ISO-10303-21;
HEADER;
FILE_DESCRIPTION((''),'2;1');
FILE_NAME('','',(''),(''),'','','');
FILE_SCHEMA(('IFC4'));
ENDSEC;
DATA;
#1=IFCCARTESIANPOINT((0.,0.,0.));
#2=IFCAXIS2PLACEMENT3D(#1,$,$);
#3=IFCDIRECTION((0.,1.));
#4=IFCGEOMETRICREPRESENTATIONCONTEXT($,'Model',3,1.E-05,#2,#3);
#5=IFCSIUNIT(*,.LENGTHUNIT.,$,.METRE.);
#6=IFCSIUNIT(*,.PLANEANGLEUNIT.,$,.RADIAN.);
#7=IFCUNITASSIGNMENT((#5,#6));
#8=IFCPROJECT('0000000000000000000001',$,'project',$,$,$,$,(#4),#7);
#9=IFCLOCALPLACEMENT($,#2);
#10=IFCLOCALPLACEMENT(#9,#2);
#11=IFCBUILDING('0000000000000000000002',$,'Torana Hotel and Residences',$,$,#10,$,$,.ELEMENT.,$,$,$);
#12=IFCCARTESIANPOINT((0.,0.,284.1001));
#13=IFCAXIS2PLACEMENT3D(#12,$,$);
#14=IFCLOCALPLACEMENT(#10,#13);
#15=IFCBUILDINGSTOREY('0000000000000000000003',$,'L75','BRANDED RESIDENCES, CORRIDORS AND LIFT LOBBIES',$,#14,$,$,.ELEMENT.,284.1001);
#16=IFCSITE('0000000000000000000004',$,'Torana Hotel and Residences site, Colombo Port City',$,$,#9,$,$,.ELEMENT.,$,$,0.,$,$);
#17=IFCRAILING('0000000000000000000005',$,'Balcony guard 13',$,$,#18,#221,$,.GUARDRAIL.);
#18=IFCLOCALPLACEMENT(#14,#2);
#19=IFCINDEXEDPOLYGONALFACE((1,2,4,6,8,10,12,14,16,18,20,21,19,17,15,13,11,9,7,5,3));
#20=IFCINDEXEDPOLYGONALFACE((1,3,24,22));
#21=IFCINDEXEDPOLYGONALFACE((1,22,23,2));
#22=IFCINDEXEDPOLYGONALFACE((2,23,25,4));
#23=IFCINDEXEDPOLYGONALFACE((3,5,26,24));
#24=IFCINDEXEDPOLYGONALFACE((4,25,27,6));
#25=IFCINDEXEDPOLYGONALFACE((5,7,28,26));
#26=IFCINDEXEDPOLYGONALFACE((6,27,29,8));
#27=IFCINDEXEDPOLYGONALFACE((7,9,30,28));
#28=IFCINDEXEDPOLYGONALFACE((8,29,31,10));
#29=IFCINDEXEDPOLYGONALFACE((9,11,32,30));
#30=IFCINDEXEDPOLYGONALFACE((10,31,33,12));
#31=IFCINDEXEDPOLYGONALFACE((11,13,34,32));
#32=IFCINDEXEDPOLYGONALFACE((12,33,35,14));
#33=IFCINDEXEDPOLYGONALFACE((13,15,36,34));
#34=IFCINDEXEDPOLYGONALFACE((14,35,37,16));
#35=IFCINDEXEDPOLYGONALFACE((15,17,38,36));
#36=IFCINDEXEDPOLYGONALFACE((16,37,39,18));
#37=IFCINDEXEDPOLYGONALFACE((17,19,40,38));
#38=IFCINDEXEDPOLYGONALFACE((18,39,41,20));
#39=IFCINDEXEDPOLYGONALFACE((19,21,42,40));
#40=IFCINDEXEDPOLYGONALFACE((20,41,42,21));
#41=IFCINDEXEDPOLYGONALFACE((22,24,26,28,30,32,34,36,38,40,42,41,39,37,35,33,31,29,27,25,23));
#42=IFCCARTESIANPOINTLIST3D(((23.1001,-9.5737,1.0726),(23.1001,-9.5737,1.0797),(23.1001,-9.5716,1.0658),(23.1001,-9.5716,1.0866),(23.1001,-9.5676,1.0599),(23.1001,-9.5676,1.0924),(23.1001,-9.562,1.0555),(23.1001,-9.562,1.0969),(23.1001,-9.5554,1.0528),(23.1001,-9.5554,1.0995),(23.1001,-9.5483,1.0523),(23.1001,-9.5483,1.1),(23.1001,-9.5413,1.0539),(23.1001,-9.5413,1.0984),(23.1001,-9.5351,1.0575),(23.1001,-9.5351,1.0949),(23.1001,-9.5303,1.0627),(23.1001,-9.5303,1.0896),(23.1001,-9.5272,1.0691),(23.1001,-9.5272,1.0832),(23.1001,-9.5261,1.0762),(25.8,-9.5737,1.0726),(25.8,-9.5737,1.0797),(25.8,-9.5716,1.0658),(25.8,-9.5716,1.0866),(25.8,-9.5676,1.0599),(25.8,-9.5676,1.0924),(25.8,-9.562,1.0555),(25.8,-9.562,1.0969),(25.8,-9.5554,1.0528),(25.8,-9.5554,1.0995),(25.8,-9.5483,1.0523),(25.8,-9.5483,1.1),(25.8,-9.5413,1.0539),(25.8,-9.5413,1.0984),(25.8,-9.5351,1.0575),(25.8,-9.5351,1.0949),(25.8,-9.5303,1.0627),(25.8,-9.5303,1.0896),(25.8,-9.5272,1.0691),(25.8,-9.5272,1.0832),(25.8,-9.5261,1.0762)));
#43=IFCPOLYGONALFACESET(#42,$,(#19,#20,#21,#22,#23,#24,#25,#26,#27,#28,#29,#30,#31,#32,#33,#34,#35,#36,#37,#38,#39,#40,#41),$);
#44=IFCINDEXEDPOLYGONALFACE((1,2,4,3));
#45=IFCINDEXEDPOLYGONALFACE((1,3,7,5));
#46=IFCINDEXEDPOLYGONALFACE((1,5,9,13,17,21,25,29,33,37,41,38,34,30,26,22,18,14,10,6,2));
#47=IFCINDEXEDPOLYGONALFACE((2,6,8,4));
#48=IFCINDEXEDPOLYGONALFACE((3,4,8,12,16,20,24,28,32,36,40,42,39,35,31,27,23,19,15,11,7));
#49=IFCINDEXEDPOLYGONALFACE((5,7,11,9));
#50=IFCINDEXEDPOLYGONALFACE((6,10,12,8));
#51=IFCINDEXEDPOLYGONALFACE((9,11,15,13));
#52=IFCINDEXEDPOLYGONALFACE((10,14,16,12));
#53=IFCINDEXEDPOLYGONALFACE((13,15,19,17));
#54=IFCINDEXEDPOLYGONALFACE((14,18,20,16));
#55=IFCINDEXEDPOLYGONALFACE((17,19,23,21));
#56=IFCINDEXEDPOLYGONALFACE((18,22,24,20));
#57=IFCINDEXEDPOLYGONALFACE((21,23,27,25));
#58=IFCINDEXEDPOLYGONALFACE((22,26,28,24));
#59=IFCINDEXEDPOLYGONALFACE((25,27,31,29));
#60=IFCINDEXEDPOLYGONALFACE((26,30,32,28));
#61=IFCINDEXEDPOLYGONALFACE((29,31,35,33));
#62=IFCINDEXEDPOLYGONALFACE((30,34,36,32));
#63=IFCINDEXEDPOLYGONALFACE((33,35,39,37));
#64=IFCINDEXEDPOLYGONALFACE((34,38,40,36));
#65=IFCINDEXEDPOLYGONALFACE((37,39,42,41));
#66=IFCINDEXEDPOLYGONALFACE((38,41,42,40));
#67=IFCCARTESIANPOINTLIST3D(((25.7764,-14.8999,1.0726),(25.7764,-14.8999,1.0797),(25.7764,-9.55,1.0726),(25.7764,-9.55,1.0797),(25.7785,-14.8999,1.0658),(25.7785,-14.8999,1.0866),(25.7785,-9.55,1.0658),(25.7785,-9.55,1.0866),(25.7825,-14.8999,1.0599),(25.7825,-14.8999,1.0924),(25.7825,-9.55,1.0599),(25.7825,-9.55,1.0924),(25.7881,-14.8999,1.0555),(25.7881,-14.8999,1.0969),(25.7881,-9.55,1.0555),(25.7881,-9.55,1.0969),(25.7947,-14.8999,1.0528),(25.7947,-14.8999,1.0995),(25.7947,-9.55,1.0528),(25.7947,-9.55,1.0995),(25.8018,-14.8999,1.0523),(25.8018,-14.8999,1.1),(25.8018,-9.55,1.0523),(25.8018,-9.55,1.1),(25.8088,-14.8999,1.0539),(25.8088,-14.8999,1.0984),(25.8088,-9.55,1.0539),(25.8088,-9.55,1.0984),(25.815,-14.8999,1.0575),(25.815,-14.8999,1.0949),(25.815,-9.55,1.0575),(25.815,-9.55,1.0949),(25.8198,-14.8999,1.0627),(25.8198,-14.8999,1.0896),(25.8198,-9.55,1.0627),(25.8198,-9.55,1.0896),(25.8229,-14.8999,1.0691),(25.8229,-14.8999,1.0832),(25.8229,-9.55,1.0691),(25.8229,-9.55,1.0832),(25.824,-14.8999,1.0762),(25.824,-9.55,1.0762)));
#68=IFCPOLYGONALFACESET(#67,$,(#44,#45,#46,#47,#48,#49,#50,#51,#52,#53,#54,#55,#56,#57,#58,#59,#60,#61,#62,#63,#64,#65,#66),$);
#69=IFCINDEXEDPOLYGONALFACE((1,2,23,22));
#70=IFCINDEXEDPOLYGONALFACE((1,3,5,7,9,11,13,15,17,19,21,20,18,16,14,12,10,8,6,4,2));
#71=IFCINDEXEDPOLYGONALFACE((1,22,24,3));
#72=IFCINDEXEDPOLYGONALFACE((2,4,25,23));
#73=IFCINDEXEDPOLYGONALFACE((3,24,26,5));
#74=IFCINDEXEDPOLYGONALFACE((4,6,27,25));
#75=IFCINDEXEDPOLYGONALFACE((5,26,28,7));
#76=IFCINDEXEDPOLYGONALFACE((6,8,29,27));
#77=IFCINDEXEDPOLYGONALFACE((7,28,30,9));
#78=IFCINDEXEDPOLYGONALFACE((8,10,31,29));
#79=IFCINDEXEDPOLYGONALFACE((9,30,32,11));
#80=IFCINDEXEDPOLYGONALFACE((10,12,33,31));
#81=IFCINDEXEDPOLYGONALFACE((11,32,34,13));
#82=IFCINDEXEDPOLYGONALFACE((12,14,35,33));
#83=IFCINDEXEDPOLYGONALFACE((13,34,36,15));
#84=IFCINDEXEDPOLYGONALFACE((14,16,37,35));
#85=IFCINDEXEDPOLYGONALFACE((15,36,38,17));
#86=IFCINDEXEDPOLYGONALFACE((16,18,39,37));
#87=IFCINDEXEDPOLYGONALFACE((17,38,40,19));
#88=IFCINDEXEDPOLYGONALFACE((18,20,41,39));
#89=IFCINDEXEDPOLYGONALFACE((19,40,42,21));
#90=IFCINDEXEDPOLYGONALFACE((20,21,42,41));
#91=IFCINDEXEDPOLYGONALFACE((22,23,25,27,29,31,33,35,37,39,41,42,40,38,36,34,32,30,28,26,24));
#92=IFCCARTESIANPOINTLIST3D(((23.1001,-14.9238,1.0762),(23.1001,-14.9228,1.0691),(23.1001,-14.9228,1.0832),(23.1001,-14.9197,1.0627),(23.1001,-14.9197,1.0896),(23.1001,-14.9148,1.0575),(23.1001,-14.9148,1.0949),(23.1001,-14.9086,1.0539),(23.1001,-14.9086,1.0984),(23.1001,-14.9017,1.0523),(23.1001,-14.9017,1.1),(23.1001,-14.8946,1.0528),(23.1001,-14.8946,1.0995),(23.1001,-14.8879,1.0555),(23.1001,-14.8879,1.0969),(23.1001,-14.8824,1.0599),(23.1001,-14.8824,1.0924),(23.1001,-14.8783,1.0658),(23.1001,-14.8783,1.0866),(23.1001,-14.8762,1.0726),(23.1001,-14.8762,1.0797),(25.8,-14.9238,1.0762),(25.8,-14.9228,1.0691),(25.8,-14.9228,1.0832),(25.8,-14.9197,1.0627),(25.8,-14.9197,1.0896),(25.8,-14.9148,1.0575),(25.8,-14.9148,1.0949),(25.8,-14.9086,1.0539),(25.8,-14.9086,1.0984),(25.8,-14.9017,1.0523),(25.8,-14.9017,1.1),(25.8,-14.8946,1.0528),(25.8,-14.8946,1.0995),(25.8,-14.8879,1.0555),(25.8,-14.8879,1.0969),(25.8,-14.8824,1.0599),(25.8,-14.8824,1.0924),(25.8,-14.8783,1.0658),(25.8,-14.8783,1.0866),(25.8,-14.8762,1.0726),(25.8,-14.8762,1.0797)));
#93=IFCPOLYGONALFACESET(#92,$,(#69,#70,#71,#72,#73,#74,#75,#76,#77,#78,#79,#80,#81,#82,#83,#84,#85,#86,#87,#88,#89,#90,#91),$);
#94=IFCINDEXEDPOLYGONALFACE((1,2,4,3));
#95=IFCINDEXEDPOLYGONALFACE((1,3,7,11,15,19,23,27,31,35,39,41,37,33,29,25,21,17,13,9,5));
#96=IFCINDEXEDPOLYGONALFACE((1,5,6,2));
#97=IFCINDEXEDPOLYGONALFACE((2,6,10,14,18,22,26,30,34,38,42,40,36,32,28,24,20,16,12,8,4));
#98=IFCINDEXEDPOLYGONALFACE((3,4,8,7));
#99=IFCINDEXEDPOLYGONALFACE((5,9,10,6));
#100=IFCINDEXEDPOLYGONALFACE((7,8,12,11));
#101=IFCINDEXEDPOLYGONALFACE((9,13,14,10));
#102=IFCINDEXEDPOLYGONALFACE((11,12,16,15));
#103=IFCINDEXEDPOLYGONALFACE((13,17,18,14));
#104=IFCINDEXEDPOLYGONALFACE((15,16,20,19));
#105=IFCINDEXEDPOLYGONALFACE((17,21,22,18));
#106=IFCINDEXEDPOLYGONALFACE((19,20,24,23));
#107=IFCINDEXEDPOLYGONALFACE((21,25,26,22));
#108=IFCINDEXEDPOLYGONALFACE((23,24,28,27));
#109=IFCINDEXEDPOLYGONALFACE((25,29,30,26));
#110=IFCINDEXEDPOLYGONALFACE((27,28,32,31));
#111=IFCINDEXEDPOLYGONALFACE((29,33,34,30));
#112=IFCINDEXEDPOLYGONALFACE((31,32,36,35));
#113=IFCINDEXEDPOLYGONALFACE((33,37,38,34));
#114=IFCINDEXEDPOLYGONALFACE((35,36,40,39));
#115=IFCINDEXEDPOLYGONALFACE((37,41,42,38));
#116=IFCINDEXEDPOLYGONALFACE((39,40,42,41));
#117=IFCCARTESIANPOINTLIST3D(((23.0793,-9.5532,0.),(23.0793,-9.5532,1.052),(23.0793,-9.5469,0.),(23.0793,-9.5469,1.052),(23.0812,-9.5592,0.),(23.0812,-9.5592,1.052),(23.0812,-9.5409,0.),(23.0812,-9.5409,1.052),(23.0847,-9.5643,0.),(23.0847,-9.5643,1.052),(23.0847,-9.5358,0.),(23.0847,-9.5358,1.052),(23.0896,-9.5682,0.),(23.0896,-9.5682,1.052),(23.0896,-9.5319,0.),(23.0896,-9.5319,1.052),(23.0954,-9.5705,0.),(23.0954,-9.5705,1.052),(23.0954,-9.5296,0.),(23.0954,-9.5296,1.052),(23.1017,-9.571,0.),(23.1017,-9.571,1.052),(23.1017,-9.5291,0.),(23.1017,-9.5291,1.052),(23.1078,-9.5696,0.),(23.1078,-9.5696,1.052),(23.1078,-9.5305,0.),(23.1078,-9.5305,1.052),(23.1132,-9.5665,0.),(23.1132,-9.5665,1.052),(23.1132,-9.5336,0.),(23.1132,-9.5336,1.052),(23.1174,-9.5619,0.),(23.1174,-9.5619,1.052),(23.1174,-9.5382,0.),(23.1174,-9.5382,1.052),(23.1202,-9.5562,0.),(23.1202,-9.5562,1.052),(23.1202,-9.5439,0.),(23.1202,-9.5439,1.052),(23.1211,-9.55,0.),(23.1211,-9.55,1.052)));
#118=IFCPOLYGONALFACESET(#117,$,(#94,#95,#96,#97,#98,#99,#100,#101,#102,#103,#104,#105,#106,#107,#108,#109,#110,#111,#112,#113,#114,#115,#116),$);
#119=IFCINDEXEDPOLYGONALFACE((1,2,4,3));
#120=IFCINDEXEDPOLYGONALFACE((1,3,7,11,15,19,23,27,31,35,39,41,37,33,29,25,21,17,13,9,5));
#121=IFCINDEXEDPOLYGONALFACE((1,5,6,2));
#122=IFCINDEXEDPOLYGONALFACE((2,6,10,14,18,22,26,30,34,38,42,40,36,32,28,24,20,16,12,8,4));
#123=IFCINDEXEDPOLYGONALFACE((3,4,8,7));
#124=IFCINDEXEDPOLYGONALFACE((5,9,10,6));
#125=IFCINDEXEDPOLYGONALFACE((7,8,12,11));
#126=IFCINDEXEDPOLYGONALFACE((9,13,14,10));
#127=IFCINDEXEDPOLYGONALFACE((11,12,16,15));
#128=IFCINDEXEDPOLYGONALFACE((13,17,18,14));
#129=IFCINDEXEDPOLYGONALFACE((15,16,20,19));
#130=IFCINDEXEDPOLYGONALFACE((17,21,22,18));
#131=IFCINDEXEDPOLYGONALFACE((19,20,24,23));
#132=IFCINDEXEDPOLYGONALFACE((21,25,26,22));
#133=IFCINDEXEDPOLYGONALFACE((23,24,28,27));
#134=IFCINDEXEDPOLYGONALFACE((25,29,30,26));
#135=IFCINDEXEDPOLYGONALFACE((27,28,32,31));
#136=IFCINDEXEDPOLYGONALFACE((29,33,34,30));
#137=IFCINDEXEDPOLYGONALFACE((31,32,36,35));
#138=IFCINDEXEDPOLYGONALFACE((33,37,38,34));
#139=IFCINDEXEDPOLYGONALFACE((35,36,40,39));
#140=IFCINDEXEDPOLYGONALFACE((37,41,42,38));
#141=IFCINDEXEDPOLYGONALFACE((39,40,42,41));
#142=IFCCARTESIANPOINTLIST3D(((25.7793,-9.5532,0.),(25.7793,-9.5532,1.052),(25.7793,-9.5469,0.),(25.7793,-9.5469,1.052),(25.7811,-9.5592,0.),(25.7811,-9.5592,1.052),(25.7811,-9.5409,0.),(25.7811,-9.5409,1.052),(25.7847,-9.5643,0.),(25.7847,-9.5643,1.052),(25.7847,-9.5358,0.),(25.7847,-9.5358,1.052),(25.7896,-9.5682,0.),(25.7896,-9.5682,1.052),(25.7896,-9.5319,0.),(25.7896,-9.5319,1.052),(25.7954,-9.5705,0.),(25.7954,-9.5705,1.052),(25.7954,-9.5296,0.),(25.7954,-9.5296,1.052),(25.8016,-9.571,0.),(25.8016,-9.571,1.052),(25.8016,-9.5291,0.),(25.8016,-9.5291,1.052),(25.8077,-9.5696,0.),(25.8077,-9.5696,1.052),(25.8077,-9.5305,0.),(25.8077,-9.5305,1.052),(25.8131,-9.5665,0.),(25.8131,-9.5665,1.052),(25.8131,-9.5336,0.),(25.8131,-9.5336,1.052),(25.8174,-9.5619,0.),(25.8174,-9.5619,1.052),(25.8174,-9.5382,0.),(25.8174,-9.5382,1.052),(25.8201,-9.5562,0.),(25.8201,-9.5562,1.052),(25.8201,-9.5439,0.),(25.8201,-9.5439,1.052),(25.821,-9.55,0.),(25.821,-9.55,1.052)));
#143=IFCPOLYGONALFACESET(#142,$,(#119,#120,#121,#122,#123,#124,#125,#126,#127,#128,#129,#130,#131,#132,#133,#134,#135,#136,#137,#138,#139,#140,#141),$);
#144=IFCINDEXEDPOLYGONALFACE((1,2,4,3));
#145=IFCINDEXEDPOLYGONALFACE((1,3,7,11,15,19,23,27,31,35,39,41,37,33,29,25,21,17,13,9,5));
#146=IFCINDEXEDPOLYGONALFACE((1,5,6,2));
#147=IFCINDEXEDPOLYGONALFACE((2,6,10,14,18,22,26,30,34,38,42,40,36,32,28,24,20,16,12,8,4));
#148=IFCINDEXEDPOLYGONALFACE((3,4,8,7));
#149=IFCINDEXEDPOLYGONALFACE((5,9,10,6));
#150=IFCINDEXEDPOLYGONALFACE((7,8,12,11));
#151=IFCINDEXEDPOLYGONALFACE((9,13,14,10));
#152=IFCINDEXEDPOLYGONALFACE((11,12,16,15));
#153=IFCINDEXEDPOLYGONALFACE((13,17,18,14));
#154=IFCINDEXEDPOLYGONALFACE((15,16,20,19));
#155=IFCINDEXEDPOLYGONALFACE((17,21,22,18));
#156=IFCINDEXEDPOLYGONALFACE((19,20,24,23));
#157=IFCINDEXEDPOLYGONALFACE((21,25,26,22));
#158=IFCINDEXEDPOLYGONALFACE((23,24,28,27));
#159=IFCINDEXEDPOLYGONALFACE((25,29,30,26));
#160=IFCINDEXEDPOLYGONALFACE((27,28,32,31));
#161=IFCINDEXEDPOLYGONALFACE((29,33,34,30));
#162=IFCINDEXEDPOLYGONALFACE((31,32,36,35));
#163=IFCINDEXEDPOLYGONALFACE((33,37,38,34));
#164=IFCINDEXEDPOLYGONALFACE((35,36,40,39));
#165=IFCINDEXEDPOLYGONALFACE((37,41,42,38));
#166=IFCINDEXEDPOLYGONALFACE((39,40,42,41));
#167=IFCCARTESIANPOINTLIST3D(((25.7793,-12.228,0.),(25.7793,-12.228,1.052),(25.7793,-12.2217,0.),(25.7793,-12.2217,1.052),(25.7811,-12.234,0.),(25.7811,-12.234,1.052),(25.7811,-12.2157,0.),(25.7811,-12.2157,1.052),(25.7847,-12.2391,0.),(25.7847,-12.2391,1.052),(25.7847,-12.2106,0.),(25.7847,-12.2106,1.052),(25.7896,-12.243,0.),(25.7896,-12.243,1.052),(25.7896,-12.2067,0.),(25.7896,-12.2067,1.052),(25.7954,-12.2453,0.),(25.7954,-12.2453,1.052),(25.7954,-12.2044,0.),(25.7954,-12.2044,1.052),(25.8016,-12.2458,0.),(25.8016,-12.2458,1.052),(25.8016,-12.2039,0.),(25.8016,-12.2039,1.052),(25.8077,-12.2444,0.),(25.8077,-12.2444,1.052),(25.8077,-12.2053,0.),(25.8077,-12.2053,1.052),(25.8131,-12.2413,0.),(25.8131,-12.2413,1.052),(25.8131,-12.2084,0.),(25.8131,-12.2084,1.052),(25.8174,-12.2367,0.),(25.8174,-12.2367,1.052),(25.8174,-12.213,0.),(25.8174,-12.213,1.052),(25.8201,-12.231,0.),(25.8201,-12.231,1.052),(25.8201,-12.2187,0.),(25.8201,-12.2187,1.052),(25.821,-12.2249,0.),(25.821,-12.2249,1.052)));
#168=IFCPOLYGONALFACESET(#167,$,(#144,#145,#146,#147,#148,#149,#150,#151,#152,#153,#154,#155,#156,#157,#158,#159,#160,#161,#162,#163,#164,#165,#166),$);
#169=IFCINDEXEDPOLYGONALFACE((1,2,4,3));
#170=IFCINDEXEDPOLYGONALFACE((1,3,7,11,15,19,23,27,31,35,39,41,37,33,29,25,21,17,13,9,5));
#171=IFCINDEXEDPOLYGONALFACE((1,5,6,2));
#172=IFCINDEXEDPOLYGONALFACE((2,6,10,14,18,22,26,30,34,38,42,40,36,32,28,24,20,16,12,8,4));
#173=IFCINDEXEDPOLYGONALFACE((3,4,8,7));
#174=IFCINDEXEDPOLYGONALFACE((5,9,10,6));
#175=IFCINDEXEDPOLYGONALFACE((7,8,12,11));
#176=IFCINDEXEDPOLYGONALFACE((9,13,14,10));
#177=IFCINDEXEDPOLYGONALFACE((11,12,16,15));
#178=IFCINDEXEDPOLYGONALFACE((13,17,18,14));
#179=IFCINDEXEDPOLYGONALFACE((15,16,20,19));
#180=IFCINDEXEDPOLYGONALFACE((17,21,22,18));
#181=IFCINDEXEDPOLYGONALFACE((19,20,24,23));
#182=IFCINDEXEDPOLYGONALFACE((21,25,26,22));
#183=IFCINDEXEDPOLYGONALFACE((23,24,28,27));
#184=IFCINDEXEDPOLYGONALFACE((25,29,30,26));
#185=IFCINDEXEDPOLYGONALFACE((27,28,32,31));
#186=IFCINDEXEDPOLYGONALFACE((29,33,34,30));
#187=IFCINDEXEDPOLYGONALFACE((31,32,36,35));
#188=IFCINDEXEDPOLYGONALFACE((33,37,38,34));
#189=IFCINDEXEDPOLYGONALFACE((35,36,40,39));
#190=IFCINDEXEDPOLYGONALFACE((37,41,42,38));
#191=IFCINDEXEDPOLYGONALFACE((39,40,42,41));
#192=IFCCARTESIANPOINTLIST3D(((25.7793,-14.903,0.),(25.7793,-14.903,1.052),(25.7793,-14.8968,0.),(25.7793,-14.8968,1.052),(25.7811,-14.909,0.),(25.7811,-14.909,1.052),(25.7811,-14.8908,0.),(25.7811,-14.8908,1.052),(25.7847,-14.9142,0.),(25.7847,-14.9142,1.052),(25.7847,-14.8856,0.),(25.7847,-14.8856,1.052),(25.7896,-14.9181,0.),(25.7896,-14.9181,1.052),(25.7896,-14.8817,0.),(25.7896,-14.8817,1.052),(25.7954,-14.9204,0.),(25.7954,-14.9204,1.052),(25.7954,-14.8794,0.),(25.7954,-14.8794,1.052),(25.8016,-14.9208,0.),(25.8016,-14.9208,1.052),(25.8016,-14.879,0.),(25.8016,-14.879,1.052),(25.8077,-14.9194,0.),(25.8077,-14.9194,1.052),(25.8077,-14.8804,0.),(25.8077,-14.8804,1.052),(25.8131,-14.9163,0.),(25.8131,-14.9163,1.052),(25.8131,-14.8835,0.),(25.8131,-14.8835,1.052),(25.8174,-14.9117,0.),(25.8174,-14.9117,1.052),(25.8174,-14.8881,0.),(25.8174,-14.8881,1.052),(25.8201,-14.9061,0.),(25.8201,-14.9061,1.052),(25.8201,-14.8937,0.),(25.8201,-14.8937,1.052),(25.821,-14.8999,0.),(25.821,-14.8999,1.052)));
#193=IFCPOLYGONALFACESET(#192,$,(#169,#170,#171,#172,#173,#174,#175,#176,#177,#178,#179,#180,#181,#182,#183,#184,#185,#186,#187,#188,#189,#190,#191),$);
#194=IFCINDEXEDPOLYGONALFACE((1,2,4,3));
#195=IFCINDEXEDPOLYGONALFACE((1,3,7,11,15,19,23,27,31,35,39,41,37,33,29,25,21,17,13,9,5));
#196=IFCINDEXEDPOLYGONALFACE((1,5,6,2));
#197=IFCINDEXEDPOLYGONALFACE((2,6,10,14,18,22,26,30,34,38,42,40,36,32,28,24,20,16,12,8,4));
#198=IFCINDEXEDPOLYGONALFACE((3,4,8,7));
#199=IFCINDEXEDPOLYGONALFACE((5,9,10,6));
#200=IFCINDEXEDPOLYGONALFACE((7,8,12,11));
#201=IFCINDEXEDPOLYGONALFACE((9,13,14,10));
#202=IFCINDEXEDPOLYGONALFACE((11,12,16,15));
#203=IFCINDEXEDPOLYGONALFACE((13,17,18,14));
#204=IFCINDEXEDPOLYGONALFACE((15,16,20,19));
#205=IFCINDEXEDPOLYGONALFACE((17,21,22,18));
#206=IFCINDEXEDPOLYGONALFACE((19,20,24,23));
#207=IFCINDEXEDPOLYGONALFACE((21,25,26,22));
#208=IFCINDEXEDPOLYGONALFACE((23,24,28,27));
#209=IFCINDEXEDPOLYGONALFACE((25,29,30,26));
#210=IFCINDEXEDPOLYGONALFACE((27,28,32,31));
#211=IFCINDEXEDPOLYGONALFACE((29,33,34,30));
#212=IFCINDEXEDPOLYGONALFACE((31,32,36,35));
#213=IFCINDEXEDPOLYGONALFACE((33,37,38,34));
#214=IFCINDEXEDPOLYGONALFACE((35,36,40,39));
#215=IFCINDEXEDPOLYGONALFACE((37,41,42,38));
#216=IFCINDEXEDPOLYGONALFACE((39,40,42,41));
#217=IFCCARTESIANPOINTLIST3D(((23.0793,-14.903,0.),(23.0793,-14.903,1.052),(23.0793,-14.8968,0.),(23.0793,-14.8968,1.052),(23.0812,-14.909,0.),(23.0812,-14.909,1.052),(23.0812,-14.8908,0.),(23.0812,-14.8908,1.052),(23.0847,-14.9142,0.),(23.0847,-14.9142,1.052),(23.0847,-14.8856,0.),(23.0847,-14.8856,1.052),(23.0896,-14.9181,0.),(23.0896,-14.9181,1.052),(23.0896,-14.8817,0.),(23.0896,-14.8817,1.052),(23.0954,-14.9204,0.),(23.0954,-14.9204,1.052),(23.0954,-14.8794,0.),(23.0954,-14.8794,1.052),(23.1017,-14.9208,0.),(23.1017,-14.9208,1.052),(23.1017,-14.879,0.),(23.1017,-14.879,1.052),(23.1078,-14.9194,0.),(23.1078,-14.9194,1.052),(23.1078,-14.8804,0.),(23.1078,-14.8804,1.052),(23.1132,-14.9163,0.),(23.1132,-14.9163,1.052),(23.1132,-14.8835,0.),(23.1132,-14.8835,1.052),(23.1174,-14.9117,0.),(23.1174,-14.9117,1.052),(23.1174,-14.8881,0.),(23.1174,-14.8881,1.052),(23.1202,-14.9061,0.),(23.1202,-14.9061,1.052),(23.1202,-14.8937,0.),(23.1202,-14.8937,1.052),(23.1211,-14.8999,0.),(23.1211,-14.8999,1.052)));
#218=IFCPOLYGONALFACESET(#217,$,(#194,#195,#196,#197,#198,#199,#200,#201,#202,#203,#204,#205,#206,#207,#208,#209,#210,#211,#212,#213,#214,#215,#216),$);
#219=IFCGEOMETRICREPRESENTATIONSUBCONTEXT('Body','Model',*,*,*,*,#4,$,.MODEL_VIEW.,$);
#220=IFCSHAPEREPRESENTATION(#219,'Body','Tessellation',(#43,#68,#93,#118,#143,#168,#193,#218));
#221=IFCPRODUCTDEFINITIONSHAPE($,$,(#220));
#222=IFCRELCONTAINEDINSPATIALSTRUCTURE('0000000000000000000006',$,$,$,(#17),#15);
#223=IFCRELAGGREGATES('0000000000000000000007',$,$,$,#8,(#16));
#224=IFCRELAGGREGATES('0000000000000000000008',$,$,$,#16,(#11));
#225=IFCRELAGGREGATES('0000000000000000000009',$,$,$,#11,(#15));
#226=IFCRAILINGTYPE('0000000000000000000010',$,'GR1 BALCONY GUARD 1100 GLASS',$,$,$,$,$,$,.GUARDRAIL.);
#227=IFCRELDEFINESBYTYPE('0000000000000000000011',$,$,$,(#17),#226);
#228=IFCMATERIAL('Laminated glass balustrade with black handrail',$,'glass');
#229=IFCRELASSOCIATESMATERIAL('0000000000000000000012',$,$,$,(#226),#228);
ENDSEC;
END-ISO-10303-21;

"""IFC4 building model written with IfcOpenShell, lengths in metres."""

from ifc_helpers import new_model, si_unit, direction, frame, origin, origin_2d, place, context, subcontext, project, spatial, circle, extrude, material, type_object, element, save


model = new_model("IFC4")

# Units and contexts
model_context = context("Model", 3, precision=1e-05, world=origin(), true_north=direction((0.0, 1.0)))
body_context = subcontext(model_context, "Body", "Model", "MODEL_VIEW")
ifc_project = project(units=[si_unit("LENGTHUNIT", "METRE"), si_unit("PLANEANGLEUNIT", "RADIAN")], contexts=[model_context])

# Site, building, storey
site_placement = place(None, origin())
site = spatial("IfcSite", under=ifc_project, at=site_placement, Name="Torana Hotel and Residences site, Colombo Port City", CompositionType="ELEMENT", RefElevation=0.0)
building_placement = place(site_placement, origin())
building = spatial("IfcBuilding", under=site, at=building_placement, Name="Torana Hotel and Residences", CompositionType="ELEMENT")
storey_placement = place(building_placement, frame((0.0, 0.0, 284.1001)))
storey = spatial("IfcBuildingStorey", under=building, at=storey_placement, Name="L75", Description="BRANDED RESIDENCES, CORRIDORS AND LIFT LOBBIES", CompositionType="ELEMENT", Elevation=284.1001)

# Railing
ifc_material_1 = material(Name="Laminated glass balustrade with black handrail", Category="glass")
railing_type = type_object("IfcRailingType", Name="GR1 BALCONY GUARD 1100 GLASS", PredefinedType="GUARDRAIL", material=ifc_material_1)
railing_1_placement = place(storey_placement, frame((23.1001, -9.55, 0.0)))
element("IfcRailing", 1, at=railing_1_placement, inside=storey, type_object=railing_type, Name="Balcony guard 13", PredefinedType="GUARDRAIL", context=body_context, shape_type="SweptSolid", body=[
    extrude(circle(Radius=0.0239, at=origin_2d()), frame((0.0, 0.0, 1.0762), z_axis=(1.0, 0.0, 0.0), x_axis=(0.0, 1.0, 0.0)), (0.0, 0.0, 1.0), 2.7),
    extrude(circle(Radius=0.0239, at=origin_2d()), frame((2.7, 0.0, 1.0762), z_axis=(0.0, -1.0, 0.0), x_axis=(1.0, 0.0, 0.0)), (0.0, 0.0, 1.0), 5.3499),
    extrude(circle(Radius=0.0239, at=origin_2d()), frame((2.7, -5.3499, 1.0762), z_axis=(-1.0, 0.0, 0.0), x_axis=(0.0, -1.0, 0.0)), (0.0, 0.0, 1.0), 2.7),
    extrude(circle(Radius=0.021, at=origin_2d()), origin(), (0.0, 0.0, 1.0), 1.052),
    extrude(circle(Radius=0.021, at=origin_2d()), frame((2.7, 0.0, 0.0)), (0.0, 0.0, 1.0), 1.052),
    extrude(circle(Radius=0.021, at=origin_2d()), frame((2.7, -2.6748, 0.0)), (0.0, 0.0, 1.0), 1.052),
    extrude(circle(Radius=0.021, at=origin_2d()), frame((2.7, -5.3499, 0.0)), (0.0, 0.0, 1.0), 1.052),
    extrude(circle(Radius=0.021, at=origin_2d()), frame((0.0, -5.3499, 0.0)), (0.0, 0.0, 1.0), 1.052),
])

save(model, "model.ifc")
